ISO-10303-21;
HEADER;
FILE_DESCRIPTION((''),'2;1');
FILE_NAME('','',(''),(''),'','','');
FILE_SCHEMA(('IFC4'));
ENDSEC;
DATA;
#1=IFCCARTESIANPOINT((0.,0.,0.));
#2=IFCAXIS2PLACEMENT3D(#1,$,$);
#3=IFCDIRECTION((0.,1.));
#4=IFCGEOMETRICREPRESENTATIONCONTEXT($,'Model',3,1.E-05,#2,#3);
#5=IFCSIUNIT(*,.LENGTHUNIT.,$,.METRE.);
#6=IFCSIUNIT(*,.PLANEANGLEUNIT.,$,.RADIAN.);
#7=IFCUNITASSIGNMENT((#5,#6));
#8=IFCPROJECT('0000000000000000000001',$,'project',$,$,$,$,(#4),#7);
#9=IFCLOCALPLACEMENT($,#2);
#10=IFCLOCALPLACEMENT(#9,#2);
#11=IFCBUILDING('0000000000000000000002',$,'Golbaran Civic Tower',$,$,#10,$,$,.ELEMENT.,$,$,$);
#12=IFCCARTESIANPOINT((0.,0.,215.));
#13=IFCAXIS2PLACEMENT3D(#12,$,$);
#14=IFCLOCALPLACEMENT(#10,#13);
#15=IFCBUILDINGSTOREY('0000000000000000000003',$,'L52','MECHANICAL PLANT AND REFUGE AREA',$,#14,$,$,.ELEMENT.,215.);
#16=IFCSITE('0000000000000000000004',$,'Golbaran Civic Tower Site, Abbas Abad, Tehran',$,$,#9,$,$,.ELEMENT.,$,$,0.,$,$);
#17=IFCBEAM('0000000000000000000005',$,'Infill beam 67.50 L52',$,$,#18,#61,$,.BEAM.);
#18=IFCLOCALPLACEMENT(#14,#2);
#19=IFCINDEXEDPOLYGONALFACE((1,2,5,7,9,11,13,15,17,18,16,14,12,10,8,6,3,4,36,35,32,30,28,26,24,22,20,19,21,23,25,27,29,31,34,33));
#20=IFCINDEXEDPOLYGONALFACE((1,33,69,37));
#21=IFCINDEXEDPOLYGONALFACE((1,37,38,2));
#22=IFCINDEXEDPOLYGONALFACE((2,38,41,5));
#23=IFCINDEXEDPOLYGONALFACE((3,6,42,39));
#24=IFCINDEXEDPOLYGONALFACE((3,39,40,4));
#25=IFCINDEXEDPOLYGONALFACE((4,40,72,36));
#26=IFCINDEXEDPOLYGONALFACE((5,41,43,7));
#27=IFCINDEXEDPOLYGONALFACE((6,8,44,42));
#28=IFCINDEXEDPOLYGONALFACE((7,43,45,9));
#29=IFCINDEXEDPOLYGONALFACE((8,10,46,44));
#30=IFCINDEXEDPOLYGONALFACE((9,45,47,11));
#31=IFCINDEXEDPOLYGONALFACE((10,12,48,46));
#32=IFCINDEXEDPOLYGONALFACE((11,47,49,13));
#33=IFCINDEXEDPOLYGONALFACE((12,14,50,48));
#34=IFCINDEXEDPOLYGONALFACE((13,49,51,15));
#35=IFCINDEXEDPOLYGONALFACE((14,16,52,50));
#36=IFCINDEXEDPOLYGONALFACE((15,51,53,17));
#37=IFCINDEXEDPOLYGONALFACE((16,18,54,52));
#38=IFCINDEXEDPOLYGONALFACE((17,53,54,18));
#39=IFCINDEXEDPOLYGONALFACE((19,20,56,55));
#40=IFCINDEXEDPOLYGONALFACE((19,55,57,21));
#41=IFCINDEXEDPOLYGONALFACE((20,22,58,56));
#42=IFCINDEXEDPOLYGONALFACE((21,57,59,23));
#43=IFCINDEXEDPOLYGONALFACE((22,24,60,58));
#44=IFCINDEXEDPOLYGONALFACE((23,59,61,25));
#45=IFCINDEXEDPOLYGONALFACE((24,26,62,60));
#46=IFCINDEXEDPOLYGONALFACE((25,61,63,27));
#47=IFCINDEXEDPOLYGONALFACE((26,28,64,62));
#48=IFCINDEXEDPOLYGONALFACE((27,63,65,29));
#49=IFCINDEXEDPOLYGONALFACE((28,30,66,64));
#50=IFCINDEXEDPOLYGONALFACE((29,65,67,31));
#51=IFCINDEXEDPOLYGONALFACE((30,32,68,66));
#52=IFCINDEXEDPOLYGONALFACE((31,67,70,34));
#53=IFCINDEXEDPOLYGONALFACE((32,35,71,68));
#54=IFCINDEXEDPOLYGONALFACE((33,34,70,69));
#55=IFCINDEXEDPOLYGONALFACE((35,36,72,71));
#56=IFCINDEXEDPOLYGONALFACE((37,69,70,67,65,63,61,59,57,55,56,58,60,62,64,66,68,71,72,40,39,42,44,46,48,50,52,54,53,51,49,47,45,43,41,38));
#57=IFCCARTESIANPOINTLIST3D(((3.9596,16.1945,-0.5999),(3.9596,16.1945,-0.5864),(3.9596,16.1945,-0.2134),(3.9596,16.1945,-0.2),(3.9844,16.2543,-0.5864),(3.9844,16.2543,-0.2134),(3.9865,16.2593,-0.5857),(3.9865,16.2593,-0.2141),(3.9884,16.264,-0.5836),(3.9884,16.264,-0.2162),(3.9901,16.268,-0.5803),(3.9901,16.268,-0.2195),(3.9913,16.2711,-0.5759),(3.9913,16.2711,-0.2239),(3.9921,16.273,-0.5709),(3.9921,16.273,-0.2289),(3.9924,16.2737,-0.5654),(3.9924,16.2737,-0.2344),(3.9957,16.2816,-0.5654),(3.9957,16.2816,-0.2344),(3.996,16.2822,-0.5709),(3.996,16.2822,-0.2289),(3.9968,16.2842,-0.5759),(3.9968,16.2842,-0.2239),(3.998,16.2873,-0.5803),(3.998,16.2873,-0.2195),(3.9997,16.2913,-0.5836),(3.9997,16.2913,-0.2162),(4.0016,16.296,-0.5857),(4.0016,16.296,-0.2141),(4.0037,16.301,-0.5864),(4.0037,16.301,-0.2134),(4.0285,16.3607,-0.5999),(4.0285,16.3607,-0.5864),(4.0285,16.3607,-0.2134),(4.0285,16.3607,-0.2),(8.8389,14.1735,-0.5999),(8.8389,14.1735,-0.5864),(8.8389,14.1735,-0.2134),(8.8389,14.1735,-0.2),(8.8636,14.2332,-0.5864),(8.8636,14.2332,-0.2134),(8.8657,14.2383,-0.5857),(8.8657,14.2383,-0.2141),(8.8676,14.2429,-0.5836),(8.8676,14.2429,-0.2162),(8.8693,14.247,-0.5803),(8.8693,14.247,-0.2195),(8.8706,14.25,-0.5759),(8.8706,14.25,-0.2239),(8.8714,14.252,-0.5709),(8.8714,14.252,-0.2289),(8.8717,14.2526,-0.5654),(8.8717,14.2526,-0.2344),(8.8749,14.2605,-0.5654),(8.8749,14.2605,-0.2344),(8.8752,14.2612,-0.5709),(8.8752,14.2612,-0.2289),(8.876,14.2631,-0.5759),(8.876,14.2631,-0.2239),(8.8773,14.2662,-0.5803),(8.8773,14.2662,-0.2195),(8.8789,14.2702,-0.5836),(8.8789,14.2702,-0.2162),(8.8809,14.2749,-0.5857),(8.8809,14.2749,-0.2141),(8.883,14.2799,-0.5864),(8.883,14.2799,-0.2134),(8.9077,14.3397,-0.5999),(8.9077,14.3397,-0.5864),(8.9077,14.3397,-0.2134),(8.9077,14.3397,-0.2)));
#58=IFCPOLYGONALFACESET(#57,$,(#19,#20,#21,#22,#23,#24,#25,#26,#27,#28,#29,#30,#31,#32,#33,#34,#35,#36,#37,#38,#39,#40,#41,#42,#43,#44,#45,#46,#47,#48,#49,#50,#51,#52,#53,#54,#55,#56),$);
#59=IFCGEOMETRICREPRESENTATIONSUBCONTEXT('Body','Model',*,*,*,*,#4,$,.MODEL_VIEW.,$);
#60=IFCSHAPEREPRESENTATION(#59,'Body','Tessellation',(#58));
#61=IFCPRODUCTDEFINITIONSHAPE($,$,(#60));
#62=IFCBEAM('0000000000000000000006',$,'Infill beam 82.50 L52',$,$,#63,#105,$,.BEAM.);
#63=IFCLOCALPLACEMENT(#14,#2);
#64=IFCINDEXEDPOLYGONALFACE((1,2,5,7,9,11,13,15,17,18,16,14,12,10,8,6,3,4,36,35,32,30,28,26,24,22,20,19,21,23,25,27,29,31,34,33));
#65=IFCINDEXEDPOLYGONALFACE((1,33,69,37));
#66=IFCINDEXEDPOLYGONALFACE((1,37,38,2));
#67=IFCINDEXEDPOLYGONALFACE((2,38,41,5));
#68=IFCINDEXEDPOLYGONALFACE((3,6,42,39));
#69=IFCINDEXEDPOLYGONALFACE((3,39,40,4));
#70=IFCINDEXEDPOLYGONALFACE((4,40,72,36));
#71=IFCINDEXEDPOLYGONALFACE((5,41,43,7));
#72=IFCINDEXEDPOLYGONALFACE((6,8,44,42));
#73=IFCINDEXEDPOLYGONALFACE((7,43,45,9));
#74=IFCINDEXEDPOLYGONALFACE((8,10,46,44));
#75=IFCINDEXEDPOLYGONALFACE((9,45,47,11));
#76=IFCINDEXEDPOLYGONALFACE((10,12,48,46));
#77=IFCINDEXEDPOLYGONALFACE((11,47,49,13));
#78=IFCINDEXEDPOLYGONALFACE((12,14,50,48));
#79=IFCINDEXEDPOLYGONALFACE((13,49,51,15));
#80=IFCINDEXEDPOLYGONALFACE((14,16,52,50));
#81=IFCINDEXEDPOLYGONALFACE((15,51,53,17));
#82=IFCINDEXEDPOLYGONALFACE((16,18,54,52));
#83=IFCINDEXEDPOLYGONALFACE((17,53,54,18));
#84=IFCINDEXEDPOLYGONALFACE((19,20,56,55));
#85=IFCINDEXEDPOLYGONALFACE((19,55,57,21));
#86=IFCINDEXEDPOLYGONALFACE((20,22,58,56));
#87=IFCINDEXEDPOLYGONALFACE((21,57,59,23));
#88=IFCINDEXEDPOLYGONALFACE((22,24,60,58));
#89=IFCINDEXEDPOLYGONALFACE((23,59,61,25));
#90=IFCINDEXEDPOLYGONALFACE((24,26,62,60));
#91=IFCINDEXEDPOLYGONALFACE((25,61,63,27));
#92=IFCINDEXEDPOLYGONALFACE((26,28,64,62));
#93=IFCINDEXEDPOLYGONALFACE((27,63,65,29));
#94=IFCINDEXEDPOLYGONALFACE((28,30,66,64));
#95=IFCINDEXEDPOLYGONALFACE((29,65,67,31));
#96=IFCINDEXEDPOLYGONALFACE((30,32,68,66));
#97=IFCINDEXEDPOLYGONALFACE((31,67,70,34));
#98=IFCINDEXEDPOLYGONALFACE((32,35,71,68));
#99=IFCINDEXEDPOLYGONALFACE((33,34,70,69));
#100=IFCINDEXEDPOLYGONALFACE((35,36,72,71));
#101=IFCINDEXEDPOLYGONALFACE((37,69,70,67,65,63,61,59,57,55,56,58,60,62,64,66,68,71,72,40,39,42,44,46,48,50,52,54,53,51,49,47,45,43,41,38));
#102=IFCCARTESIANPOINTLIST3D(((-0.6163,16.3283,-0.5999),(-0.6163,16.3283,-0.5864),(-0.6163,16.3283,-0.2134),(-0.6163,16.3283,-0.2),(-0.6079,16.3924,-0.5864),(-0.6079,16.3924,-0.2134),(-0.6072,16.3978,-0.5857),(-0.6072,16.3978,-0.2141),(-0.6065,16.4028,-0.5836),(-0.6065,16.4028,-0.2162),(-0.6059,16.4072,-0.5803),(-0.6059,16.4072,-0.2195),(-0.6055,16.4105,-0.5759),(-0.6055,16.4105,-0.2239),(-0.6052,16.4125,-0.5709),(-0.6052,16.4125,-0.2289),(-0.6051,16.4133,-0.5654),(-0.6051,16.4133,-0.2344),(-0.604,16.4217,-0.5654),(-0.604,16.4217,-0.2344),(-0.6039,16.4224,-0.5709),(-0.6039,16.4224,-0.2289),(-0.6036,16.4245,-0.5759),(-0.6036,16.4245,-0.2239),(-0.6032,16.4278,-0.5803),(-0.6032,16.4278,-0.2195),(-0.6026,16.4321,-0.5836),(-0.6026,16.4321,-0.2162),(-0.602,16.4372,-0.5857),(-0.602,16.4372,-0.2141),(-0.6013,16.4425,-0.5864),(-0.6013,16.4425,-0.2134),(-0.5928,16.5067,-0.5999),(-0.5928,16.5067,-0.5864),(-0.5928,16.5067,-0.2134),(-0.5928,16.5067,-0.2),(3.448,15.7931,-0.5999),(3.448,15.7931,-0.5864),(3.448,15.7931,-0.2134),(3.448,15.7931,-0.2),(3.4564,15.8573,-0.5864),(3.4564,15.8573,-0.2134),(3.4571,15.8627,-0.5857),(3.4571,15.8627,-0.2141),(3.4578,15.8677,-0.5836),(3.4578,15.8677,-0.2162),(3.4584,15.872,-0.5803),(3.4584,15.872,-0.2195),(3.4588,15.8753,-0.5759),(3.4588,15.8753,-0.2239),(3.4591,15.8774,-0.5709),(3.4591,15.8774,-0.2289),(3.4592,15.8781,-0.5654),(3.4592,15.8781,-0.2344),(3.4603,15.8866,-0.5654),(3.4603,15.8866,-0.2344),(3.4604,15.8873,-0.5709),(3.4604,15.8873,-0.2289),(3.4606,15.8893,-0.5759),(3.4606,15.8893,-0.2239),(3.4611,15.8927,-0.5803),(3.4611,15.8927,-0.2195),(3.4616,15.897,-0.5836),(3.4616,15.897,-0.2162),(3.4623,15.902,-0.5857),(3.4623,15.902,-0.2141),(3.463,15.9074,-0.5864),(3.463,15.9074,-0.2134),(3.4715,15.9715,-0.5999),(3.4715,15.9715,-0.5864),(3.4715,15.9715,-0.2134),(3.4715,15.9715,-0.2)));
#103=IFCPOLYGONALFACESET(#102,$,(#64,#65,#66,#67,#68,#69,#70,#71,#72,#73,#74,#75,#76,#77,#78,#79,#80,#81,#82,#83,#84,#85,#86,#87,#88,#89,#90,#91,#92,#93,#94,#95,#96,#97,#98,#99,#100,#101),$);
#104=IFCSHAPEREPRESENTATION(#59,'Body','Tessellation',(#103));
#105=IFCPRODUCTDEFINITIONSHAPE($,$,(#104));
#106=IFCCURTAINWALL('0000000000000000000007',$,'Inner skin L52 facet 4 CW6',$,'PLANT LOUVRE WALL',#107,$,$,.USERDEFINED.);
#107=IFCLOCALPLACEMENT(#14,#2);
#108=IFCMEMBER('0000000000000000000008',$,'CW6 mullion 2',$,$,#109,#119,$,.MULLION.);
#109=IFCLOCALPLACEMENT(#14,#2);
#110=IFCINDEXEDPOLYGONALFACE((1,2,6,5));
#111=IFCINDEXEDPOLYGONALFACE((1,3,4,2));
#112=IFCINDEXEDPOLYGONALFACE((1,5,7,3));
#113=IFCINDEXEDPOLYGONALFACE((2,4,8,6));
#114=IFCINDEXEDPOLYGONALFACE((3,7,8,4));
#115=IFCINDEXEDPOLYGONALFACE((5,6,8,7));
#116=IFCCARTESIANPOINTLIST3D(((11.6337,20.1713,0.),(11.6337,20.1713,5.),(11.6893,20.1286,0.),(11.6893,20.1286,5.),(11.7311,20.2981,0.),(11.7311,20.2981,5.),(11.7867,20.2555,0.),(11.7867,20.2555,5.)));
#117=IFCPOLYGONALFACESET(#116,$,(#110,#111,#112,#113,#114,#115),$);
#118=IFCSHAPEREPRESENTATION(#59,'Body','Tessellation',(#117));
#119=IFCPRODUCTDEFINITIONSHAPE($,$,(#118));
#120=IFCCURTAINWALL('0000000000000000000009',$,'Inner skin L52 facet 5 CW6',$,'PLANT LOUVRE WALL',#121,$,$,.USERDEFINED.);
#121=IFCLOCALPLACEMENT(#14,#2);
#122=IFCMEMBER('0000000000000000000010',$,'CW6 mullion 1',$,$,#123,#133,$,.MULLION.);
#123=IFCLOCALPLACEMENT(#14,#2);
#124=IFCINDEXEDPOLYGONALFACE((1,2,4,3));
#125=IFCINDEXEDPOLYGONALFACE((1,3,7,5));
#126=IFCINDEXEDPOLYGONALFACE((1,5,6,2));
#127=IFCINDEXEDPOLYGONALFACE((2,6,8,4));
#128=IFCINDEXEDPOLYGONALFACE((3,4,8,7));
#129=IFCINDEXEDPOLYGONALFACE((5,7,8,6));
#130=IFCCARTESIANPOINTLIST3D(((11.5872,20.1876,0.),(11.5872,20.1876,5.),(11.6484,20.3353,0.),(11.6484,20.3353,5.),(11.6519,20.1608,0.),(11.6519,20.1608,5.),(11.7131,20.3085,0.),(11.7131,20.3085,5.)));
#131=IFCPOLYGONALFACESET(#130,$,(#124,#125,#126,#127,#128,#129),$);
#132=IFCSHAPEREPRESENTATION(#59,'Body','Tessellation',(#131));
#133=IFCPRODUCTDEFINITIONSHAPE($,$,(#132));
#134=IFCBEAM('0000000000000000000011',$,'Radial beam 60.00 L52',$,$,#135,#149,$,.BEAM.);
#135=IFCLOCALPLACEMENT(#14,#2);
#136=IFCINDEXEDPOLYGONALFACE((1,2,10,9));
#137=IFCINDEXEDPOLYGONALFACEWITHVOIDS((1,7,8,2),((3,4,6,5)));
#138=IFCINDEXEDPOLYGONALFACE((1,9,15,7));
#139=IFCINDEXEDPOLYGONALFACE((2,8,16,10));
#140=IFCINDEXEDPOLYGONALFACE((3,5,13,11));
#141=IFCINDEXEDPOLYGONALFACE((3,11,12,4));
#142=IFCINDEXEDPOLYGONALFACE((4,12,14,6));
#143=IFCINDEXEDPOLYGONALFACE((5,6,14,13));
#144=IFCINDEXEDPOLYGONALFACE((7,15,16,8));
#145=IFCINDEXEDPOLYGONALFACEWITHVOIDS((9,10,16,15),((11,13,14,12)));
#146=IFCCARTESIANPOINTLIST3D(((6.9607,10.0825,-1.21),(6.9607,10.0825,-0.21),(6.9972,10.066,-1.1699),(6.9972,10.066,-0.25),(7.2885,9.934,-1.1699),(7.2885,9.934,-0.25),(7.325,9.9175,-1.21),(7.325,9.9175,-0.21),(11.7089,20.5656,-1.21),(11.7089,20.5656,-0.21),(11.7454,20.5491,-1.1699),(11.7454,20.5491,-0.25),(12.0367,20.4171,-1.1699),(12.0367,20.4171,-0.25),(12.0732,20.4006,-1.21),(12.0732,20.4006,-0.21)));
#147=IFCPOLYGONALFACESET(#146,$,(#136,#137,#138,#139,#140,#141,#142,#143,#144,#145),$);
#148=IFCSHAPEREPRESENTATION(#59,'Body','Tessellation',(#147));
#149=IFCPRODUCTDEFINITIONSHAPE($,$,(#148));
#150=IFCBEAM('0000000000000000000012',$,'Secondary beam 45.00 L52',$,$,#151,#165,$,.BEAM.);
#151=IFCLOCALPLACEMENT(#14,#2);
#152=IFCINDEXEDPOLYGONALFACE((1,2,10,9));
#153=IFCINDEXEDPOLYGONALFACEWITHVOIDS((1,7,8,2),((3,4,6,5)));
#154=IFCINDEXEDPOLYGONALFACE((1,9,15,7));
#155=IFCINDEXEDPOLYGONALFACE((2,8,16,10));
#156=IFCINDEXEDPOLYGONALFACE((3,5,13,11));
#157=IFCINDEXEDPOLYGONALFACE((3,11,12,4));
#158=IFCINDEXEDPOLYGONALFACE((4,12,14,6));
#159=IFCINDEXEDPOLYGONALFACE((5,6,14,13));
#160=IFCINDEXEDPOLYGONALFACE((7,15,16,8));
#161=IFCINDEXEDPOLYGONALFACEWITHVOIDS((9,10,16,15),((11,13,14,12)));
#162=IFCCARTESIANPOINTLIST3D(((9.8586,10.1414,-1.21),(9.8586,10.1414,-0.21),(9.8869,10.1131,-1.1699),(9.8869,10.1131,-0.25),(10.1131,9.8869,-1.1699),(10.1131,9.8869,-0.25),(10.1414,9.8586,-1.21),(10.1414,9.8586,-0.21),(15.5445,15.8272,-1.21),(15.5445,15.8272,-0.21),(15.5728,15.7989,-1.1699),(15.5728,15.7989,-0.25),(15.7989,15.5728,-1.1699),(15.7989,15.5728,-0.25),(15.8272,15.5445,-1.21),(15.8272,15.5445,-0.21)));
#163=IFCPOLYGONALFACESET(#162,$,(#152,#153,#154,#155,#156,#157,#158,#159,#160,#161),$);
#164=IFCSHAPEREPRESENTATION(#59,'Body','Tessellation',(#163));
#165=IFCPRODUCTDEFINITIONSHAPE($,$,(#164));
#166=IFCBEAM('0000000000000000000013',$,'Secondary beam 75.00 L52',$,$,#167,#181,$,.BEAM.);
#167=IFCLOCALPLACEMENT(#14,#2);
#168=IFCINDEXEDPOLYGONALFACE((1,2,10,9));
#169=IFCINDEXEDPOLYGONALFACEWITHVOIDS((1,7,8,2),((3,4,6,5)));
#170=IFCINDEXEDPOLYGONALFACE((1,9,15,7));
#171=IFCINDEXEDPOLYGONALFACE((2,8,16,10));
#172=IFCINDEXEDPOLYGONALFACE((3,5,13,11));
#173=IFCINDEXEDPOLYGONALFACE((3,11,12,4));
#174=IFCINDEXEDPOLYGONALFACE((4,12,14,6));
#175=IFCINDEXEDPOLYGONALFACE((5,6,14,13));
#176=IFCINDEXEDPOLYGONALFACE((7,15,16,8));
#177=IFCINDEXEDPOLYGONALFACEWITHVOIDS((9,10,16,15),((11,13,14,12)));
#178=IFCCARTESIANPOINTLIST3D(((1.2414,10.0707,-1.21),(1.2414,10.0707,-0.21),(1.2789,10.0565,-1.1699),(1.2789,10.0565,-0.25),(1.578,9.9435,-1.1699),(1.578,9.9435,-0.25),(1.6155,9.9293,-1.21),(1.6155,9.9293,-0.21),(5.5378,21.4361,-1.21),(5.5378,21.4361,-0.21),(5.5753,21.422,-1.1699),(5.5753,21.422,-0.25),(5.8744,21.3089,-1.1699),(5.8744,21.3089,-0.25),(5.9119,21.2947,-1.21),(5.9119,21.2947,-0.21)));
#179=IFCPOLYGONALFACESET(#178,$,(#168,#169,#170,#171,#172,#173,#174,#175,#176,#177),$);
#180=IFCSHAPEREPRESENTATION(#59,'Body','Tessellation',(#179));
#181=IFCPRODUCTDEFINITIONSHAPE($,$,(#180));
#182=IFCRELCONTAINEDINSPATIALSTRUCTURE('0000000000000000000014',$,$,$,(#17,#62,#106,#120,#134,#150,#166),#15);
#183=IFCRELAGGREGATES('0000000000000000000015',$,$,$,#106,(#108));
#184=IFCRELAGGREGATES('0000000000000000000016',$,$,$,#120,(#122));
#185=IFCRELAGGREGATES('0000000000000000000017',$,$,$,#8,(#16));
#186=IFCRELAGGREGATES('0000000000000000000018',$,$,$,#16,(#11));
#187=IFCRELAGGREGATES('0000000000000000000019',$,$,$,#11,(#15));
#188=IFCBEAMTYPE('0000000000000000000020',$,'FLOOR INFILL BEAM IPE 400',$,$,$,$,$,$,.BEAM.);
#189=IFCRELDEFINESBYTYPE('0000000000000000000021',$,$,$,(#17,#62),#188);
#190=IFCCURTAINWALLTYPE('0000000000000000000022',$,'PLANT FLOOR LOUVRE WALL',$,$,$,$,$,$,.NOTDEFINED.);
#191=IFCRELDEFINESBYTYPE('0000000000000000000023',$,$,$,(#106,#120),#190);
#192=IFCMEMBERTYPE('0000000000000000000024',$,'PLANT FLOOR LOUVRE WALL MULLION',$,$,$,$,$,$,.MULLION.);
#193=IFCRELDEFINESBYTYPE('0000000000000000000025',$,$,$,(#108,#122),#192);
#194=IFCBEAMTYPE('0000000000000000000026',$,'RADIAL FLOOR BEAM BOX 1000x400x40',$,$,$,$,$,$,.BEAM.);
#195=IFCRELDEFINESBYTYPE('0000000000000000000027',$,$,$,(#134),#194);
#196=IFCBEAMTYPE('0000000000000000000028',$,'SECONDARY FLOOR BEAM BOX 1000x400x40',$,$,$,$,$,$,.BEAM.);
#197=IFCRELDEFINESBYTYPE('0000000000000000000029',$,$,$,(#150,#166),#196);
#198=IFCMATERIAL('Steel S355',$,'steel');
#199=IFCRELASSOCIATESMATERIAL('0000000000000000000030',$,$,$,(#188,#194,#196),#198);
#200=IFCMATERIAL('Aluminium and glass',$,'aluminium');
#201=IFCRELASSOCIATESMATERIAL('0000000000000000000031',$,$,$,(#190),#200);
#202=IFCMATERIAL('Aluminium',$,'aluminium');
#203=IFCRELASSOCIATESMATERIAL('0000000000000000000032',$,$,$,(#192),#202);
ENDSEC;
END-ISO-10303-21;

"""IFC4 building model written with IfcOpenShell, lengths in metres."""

from ifc_helpers import new_model, si_unit, direction, frame, origin, origin_2d, place, context, subcontext, project, spatial, rectangle, hollow_rectangle, i_section, extrude, material, material_profile, profile_set, type_object, element, aggregate, save


model = new_model("IFC4")

# Units and contexts
model_context = context("Model", 3, precision=1e-05, world=origin(), true_north=direction((0.0, 1.0)))
body_context = subcontext(model_context, "Body", "Model", "MODEL_VIEW")
ifc_project = project(units=[si_unit("LENGTHUNIT", "METRE"), si_unit("PLANEANGLEUNIT", "RADIAN")], contexts=[model_context])

# Site, building, storey
site_placement = place(None, origin())
site = spatial("IfcSite", under=ifc_project, at=site_placement, Name="Golbaran Civic Tower Site, Abbas Abad, Tehran", CompositionType="ELEMENT", RefElevation=0.0)
building_placement = place(site_placement, origin())
building = spatial("IfcBuilding", under=site, at=building_placement, Name="Golbaran Civic Tower", CompositionType="ELEMENT")
storey_placement = place(building_placement, frame((0.0, 0.0, 215.0)))
storey = spatial("IfcBuildingStorey", under=building, at=storey_placement, Name="L52", Description="MECHANICAL PLANT AND REFUGE AREA", CompositionType="ELEMENT", Elevation=215.0)

# Shared definitions
ifc_material_1 = material(Name="Steel S355", Category="steel")

# Beams
ifc_material_profile_1 = material_profile(ifc_material_1, i_section(OverallWidth=0.1799, OverallDepth=0.3999, WebThickness=0.0085, FlangeThickness=0.0134, FilletRadius=0.021, at=origin_2d()), Name="IPE 400")
ifc_profile_set_1 = profile_set([ifc_material_profile_1], Name="Steel S355")
beam_type_1 = type_object("IfcBeamType", Name="FLOOR INFILL BEAM IPE 400", PredefinedType="BEAM", material=ifc_profile_set_1)
beam_1_placement = place(storey_placement, frame((8.8733, 14.2566, -0.3999), z_axis=(-0.92388, 0.382681, 0.0), x_axis=(-0.382681, -0.92388, 0.0)))
element("IfcBeam", 1, at=beam_1_placement, inside=storey, type_object=beam_type_1, Name="Infill beam 67.50 L52", PredefinedType="BEAM", context=body_context, shape_type="SweptSolid", body=[
    extrude(i_section(OverallWidth=0.1799, OverallDepth=0.3999, WebThickness=0.0085, FlangeThickness=0.0134, FilletRadius=0.021, at=origin_2d()), origin(), (0.0, 0.0, 1.0), 5.2812),
])
beam_2_placement = place(storey_placement, frame((3.4597, 15.8823, -0.3999), z_axis=(-0.991442, 0.130548, 0.0), x_axis=(-0.130548, -0.991442, 0.0)))
element("IfcBeam", 2, at=beam_2_placement, inside=storey, type_object=beam_type_1, Name="Infill beam 82.50 L52", PredefinedType="BEAM", context=body_context, shape_type="SweptSolid", body=[
    extrude(i_section(OverallWidth=0.1799, OverallDepth=0.3999, WebThickness=0.0085, FlangeThickness=0.0134, FilletRadius=0.021, at=origin_2d()), origin(), (0.0, 0.0, 1.0), 4.0994),
])

# Curtain walls, members
ifc_material_2 = material(Name="Aluminium and glass", Category="aluminium")
curtain_wall_type = type_object("IfcCurtainWallType", Name="PLANT FLOOR LOUVRE WALL", PredefinedType="NOTDEFINED", material=ifc_material_2)
curtain_wall_1_placement = place(storey_placement, origin())
curtain_wall_1 = element("IfcCurtainWall", 3, at=curtain_wall_1_placement, inside=storey, type_object=curtain_wall_type, Name="Inner skin L52 facet 4 CW6", ObjectType="PLANT LOUVRE WALL", PredefinedType="USERDEFINED")
ifc_material_3 = material(Name="Aluminium", Category="aluminium")
ifc_material_profile_2 = material_profile(ifc_material_3, rectangle(XDim=0.1599, YDim=0.0701, at=origin_2d()), Name="PLANT FLOOR LOUVRE WALL MULLION")
ifc_profile_set_2 = profile_set([ifc_material_profile_2], Name="Aluminium")
member_type_1 = type_object("IfcMemberType", Name="PLANT FLOOR LOUVRE WALL MULLION", PredefinedType="MULLION", material=ifc_profile_set_2)
member_1_placement = place(storey_placement, frame((11.7102, 20.2134, 0.0), z_axis=(0.0, 0.0, 1.0), x_axis=(-0.608761, -0.793353, 0.0)))
member_1 = element("IfcMember", 4, at=member_1_placement, type_object=member_type_1, Name="CW6 mullion 2", PredefinedType="MULLION", context=body_context, shape_type="SweptSolid", body=[
    extrude(rectangle(XDim=0.1599, YDim=0.0701, at=origin_2d()), origin(), (0.0, 0.0, 1.0), 5.0),
])
aggregate(curtain_wall_1, [member_1])
curtain_wall_2_placement = place(storey_placement, origin())
curtain_wall_2 = element("IfcCurtainWall", 5, at=curtain_wall_2_placement, inside=storey, type_object=curtain_wall_type, Name="Inner skin L52 facet 5 CW6", ObjectType="PLANT LOUVRE WALL", PredefinedType="USERDEFINED")
member_2_placement = place(storey_placement, frame((11.6501, 20.248, 0.0), z_axis=(0.0, 0.0, 1.0), x_axis=(-0.382683, -0.92388, 0.0)))
member_2 = element("IfcMember", 6, at=member_2_placement, type_object=member_type_1, Name="CW6 mullion 1", PredefinedType="MULLION", context=body_context, shape_type="SweptSolid", body=[
    extrude(rectangle(XDim=0.1599, YDim=0.0701, at=origin_2d()), origin(), (0.0, 0.0, 1.0), 5.0),
])
aggregate(curtain_wall_2, [member_2])

# Beams
ifc_material_profile_3 = material_profile(ifc_material_1, hollow_rectangle(XDim=0.3999, YDim=1.0, WallThickness=0.04, at=origin_2d()), Name="BOX 1000x400x40")
ifc_profile_set_3 = profile_set([ifc_material_profile_3], Name="Steel S355")
beam_type_2 = type_object("IfcBeamType", Name="RADIAL FLOOR BEAM BOX 1000x400x40", PredefinedType="BEAM", material=ifc_profile_set_3)
beam_3_placement = place(storey_placement, frame((7.1428, 10.0, -0.71), z_axis=(0.412594, 0.910915, 0.0), x_axis=(-0.910915, 0.412594, 0.0)))
element("IfcBeam", 7, at=beam_3_placement, inside=storey, type_object=beam_type_2, Name="Radial beam 60.00 L52", PredefinedType="BEAM", context=body_context, shape_type="SweptSolid", body=[
    extrude(hollow_rectangle(XDim=0.3999, YDim=1.0, WallThickness=0.04, at=origin_2d()), origin(), (0.0, 0.0, 1.0), 11.5083),
])
ifc_material_profile_4 = material_profile(ifc_material_1, hollow_rectangle(XDim=0.3999, YDim=1.0, WallThickness=0.04, at=origin_2d()), Name="BOX 1000x400x40")
ifc_profile_set_4 = profile_set([ifc_material_profile_4], Name="Steel S355")
beam_type_3 = type_object("IfcBeamType", Name="SECONDARY FLOOR BEAM BOX 1000x400x40", PredefinedType="BEAM", material=ifc_profile_set_4)
beam_4_placement = place(storey_placement, frame((10.0, 10.0, -0.71), z_axis=(0.707107, 0.707107, 0.0), x_axis=(-0.707107, 0.707107, 0.0)))
element("IfcBeam", 8, at=beam_4_placement, inside=storey, type_object=beam_type_3, Name="Secondary beam 45.00 L52", PredefinedType="BEAM", context=body_context, shape_type="SweptSolid", body=[
    extrude(hollow_rectangle(XDim=0.3999, YDim=1.0, WallThickness=0.04, at=origin_2d()), origin(), (0.0, 0.0, 1.0), 8.041),
])
beam_5_placement = place(storey_placement, frame((1.4285, 10.0, -0.71), z_axis=(0.353599, 0.935397, 0.0), x_axis=(-0.935397, 0.353599, 0.0)))
element("IfcBeam", 9, at=beam_5_placement, inside=storey, type_object=beam_type_3, Name="Secondary beam 75.00 L52", PredefinedType="BEAM", context=body_context, shape_type="SweptSolid", body=[
    extrude(hollow_rectangle(XDim=0.3999, YDim=1.0, WallThickness=0.04, at=origin_2d()), origin(), (0.0, 0.0, 1.0), 12.1504),
])

save(model, "model.ifc")
